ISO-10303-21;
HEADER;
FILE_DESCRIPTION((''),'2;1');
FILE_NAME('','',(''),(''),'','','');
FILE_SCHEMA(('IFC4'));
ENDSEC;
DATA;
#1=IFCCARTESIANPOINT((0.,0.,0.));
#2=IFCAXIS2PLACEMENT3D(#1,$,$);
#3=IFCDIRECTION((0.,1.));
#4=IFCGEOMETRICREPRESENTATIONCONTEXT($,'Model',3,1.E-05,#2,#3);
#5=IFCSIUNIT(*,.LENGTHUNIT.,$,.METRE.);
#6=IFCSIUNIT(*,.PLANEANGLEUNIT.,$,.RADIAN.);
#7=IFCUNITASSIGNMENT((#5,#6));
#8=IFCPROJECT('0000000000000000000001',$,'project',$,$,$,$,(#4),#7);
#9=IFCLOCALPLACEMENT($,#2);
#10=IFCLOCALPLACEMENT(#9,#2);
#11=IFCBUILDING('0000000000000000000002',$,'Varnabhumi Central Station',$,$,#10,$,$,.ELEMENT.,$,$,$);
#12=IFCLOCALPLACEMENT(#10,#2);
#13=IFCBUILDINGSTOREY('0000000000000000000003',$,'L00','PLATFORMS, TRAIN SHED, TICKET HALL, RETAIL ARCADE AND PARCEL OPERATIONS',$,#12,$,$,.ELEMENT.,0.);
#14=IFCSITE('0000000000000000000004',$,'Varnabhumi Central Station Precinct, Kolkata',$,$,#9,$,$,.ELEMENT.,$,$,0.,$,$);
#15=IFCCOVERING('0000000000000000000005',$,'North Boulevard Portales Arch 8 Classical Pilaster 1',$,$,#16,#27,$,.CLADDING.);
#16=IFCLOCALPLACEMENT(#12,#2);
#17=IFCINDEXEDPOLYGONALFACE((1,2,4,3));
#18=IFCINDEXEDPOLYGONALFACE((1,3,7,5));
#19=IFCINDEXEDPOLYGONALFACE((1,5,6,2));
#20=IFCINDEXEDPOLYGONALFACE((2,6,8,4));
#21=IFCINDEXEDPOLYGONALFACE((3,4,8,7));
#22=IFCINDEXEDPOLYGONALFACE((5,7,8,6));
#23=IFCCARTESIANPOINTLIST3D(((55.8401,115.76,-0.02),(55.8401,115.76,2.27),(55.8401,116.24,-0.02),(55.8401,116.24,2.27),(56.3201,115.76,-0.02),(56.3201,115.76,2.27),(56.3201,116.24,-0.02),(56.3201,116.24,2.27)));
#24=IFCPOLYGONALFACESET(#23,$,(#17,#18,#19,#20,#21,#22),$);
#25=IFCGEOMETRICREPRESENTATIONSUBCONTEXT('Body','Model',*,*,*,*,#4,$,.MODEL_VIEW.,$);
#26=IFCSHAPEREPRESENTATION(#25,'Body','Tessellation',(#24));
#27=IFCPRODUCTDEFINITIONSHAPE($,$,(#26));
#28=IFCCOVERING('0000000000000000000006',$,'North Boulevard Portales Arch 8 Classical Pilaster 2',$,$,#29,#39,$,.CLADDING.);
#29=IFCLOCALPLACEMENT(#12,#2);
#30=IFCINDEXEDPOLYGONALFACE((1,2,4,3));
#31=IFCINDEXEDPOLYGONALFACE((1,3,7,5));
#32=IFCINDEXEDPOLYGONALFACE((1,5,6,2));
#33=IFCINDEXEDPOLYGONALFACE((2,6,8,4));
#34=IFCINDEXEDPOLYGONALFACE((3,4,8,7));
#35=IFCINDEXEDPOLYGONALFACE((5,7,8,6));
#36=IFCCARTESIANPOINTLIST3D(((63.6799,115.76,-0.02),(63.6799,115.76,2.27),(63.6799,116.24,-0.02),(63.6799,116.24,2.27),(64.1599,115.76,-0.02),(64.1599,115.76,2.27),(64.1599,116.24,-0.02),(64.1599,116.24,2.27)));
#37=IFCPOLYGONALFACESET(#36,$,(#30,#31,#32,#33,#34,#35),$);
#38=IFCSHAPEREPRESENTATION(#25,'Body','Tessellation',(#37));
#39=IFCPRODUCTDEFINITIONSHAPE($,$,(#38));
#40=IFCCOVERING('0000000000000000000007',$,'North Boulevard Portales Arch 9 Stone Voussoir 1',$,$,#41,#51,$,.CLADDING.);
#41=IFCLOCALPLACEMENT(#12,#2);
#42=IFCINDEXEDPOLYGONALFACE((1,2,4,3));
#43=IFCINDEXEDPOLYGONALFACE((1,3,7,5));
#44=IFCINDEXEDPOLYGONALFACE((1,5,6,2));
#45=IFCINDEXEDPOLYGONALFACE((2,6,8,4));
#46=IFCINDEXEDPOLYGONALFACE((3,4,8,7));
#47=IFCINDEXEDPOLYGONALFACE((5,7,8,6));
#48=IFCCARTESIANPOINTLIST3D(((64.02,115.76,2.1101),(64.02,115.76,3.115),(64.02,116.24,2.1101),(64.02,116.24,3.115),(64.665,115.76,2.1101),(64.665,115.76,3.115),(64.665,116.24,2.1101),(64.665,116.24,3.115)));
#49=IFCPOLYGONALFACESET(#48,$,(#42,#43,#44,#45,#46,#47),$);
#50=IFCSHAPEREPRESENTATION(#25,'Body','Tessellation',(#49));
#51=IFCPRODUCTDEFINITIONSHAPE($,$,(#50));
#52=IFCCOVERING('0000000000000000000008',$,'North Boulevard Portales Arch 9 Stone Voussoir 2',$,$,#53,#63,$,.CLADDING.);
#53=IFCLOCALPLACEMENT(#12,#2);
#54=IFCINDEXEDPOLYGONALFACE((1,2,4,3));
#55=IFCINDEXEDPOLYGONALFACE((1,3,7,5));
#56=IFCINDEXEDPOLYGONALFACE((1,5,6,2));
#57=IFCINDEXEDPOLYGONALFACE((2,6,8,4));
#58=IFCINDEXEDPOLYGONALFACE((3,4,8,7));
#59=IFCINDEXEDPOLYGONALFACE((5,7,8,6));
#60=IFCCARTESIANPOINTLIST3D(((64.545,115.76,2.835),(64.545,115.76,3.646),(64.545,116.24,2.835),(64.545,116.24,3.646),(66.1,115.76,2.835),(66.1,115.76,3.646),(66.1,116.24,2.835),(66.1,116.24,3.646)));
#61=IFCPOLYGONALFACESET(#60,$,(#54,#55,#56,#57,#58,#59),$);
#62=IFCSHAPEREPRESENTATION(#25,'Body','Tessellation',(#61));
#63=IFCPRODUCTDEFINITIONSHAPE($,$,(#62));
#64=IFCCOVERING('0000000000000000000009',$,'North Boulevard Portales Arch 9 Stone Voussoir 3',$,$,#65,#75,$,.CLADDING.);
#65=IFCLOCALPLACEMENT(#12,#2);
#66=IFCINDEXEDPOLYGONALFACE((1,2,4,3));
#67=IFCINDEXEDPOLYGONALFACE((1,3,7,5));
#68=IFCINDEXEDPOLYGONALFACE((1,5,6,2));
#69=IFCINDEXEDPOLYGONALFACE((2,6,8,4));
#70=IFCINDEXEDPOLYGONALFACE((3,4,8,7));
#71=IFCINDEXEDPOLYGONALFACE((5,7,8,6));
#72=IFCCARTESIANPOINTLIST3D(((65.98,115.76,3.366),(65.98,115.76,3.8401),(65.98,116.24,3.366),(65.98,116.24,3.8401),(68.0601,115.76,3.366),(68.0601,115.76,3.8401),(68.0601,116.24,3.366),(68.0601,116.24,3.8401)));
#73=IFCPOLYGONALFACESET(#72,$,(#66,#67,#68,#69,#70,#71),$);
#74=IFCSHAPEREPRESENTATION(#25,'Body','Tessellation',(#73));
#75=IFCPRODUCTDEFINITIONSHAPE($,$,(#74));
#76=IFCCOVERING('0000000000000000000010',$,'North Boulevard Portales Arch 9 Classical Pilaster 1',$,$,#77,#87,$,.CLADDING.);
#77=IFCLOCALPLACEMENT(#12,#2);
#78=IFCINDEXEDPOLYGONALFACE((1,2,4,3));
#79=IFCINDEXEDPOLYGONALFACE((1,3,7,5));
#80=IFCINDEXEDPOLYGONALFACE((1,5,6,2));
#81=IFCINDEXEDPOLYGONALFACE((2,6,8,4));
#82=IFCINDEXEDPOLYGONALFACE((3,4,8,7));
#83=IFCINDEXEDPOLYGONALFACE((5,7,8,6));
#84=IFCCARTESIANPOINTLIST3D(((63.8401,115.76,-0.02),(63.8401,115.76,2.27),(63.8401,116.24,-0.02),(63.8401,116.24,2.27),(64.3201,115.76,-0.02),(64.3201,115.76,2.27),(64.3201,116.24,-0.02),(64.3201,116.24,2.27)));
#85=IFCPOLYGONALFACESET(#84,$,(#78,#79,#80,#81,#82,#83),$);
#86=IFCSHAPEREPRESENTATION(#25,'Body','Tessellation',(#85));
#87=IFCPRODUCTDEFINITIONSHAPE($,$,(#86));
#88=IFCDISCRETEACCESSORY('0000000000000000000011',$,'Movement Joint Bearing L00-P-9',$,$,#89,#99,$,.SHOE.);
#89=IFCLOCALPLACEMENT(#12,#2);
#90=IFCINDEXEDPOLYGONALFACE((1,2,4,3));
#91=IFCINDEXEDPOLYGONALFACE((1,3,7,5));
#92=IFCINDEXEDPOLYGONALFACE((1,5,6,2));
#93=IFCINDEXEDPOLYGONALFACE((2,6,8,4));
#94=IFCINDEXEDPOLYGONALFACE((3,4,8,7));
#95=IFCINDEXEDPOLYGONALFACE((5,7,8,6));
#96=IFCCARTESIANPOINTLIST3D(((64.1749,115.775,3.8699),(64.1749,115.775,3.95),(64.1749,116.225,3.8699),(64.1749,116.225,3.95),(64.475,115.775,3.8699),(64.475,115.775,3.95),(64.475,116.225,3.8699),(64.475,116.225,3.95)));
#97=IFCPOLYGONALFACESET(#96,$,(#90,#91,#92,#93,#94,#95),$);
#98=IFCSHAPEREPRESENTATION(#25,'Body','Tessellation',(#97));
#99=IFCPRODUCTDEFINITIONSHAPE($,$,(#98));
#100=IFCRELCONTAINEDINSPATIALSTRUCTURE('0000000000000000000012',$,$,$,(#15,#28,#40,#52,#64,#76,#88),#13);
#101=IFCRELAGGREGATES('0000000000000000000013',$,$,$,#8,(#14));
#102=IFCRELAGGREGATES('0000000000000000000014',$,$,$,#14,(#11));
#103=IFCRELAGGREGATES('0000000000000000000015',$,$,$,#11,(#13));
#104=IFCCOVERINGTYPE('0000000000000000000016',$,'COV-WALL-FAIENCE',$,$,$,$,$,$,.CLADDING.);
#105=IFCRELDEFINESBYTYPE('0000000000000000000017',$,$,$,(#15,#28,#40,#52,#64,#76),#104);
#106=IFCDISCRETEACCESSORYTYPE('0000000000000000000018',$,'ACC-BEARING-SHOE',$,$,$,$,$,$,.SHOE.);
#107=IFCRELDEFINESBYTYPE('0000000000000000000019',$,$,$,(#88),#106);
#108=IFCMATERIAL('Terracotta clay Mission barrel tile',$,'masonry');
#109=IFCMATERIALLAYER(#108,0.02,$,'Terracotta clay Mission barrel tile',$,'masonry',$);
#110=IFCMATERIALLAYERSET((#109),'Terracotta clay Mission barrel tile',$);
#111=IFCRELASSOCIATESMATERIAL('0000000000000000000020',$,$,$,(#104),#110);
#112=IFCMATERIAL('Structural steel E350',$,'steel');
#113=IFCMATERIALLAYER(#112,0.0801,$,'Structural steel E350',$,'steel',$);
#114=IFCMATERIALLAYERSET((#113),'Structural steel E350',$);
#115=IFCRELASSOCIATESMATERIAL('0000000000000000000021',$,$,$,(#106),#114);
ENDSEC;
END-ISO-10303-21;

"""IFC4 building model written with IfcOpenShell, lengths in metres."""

from ifc_helpers import new_model, si_unit, direction, frame, origin, origin_2d, place, context, subcontext, project, spatial, rectangle, extrude, material, layer, layer_set, type_object, element, save


model = new_model("IFC4")

# Units and contexts
model_context = context("Model", 3, precision=1e-05, world=origin(), true_north=direction((0.0, 1.0)))
body_context = subcontext(model_context, "Body", "Model", "MODEL_VIEW")
ifc_project = project(units=[si_unit("LENGTHUNIT", "METRE"), si_unit("PLANEANGLEUNIT", "RADIAN")], contexts=[model_context])

# Site, building, storey
site_placement = place(None, origin())
site = spatial("IfcSite", under=ifc_project, at=site_placement, Name="Varnabhumi Central Station Precinct, Kolkata", CompositionType="ELEMENT", RefElevation=0.0)
building_placement = place(site_placement, origin())
building = spatial("IfcBuilding", under=site, at=building_placement, Name="Varnabhumi Central Station", CompositionType="ELEMENT")
storey_placement = place(building_placement, origin())
storey = spatial("IfcBuildingStorey", under=building, at=storey_placement, Name="L00", Description="PLATFORMS, TRAIN SHED, TICKET HALL, RETAIL ARCADE AND PARCEL OPERATIONS", CompositionType="ELEMENT", Elevation=0.0)

# Shared definitions
ifc_material_1 = material(Name="Structural steel E350", Category="steel")

# Coverings
ifc_material_2 = material(Name="Terracotta clay Mission barrel tile", Category="masonry")
ifc_layer_1 = layer(ifc_material_2, 0.02, Name="Terracotta clay Mission barrel tile", Category="masonry")
ifc_layer_set_1 = layer_set([ifc_layer_1], Name="Terracotta clay Mission barrel tile")
covering_type = type_object("IfcCoveringType", Name="COV-WALL-FAIENCE", PredefinedType="CLADDING", material=ifc_layer_set_1)
for number, where, z_axis, x_axis, name in (
    (1, (56.0801, 116.0, -0.02), (0.0, 0.0, 1.0), (1.0, 0.0, 0.0), "North Boulevard Portales Arch 8 Classical Pilaster 1"),
    (2, (63.9199, 116.0, -0.02), (0.0, 0.0, 1.0), (1.0, 0.0, 0.0), "North Boulevard Portales Arch 8 Classical Pilaster 2"),
):
    element("IfcCovering", number, at=place(storey_placement, frame(where, z_axis=z_axis, x_axis=x_axis)), inside=storey, type_object=covering_type, Name=name, PredefinedType="CLADDING", context=body_context, shape_type="SweptSolid", body=[
        extrude(rectangle(XDim=0.48, YDim=0.48, at=origin_2d()), origin(), (0.0, 0.0, 1.0), 2.29),
    ])
covering_1_placement = place(storey_placement, frame((64.3425, 116.0, 2.1101), z_axis=(0.0, 0.0, 1.0), x_axis=(1.0, 0.0, 0.0)))
element("IfcCovering", 3, at=covering_1_placement, inside=storey, type_object=covering_type, Name="North Boulevard Portales Arch 9 Stone Voussoir 1", PredefinedType="CLADDING", context=body_context, shape_type="SweptSolid", body=[
    extrude(rectangle(XDim=0.645, YDim=0.48, at=origin_2d()), origin(), (0.0, 0.0, 1.0), 1.0049),
])
covering_2_placement = place(storey_placement, frame((65.3225, 116.0, 2.835), z_axis=(0.0, 0.0, 1.0), x_axis=(1.0, 0.0, 0.0)))
element("IfcCovering", 4, at=covering_2_placement, inside=storey, type_object=covering_type, Name="North Boulevard Portales Arch 9 Stone Voussoir 2", PredefinedType="CLADDING", context=body_context, shape_type="SweptSolid", body=[
    extrude(rectangle(XDim=1.5549, YDim=0.48, at=origin_2d()), origin(), (0.0, 0.0, 1.0), 0.811),
])
covering_3_placement = place(storey_placement, frame((67.02, 116.0, 3.366), z_axis=(0.0, 0.0, 1.0), x_axis=(1.0, 0.0, 0.0)))
element("IfcCovering", 5, at=covering_3_placement, inside=storey, type_object=covering_type, Name="North Boulevard Portales Arch 9 Stone Voussoir 3", PredefinedType="CLADDING", context=body_context, shape_type="SweptSolid", body=[
    extrude(rectangle(XDim=2.0801, YDim=0.48, at=origin_2d()), origin(), (0.0, 0.0, 1.0), 0.4741),
])
covering_4_placement = place(storey_placement, frame((64.0801, 116.0, -0.02), z_axis=(0.0, 0.0, 1.0), x_axis=(1.0, 0.0, 0.0)))
element("IfcCovering", 6, at=covering_4_placement, inside=storey, type_object=covering_type, Name="North Boulevard Portales Arch 9 Classical Pilaster 1", PredefinedType="CLADDING", context=body_context, shape_type="SweptSolid", body=[
    extrude(rectangle(XDim=0.48, YDim=0.48, at=origin_2d()), origin(), (0.0, 0.0, 1.0), 2.29),
])

# Discrete accessory
ifc_layer_2 = layer(ifc_material_1, 0.0801, Name="Structural steel E350", Category="steel")
ifc_layer_set_2 = layer_set([ifc_layer_2], Name="Structural steel E350")
discrete_accessory_type = type_object("IfcDiscreteAccessoryType", Name="ACC-BEARING-SHOE", PredefinedType="SHOE", material=ifc_layer_set_2)
discrete_accessory_placement = place(storey_placement, frame((64.325, 116.0, 3.8699), z_axis=(0.0, 0.0, 1.0), x_axis=(1.0, 0.0, 0.0)))
element("IfcDiscreteAccessory", 7, at=discrete_accessory_placement, inside=storey, type_object=discrete_accessory_type, Name="Movement Joint Bearing L00-P-9", PredefinedType="SHOE", context=body_context, shape_type="SweptSolid", body=[
    extrude(rectangle(XDim=0.3, YDim=0.45, at=origin_2d()), origin(), (0.0, 0.0, 1.0), 0.0801),
])

save(model, "model.ifc")
